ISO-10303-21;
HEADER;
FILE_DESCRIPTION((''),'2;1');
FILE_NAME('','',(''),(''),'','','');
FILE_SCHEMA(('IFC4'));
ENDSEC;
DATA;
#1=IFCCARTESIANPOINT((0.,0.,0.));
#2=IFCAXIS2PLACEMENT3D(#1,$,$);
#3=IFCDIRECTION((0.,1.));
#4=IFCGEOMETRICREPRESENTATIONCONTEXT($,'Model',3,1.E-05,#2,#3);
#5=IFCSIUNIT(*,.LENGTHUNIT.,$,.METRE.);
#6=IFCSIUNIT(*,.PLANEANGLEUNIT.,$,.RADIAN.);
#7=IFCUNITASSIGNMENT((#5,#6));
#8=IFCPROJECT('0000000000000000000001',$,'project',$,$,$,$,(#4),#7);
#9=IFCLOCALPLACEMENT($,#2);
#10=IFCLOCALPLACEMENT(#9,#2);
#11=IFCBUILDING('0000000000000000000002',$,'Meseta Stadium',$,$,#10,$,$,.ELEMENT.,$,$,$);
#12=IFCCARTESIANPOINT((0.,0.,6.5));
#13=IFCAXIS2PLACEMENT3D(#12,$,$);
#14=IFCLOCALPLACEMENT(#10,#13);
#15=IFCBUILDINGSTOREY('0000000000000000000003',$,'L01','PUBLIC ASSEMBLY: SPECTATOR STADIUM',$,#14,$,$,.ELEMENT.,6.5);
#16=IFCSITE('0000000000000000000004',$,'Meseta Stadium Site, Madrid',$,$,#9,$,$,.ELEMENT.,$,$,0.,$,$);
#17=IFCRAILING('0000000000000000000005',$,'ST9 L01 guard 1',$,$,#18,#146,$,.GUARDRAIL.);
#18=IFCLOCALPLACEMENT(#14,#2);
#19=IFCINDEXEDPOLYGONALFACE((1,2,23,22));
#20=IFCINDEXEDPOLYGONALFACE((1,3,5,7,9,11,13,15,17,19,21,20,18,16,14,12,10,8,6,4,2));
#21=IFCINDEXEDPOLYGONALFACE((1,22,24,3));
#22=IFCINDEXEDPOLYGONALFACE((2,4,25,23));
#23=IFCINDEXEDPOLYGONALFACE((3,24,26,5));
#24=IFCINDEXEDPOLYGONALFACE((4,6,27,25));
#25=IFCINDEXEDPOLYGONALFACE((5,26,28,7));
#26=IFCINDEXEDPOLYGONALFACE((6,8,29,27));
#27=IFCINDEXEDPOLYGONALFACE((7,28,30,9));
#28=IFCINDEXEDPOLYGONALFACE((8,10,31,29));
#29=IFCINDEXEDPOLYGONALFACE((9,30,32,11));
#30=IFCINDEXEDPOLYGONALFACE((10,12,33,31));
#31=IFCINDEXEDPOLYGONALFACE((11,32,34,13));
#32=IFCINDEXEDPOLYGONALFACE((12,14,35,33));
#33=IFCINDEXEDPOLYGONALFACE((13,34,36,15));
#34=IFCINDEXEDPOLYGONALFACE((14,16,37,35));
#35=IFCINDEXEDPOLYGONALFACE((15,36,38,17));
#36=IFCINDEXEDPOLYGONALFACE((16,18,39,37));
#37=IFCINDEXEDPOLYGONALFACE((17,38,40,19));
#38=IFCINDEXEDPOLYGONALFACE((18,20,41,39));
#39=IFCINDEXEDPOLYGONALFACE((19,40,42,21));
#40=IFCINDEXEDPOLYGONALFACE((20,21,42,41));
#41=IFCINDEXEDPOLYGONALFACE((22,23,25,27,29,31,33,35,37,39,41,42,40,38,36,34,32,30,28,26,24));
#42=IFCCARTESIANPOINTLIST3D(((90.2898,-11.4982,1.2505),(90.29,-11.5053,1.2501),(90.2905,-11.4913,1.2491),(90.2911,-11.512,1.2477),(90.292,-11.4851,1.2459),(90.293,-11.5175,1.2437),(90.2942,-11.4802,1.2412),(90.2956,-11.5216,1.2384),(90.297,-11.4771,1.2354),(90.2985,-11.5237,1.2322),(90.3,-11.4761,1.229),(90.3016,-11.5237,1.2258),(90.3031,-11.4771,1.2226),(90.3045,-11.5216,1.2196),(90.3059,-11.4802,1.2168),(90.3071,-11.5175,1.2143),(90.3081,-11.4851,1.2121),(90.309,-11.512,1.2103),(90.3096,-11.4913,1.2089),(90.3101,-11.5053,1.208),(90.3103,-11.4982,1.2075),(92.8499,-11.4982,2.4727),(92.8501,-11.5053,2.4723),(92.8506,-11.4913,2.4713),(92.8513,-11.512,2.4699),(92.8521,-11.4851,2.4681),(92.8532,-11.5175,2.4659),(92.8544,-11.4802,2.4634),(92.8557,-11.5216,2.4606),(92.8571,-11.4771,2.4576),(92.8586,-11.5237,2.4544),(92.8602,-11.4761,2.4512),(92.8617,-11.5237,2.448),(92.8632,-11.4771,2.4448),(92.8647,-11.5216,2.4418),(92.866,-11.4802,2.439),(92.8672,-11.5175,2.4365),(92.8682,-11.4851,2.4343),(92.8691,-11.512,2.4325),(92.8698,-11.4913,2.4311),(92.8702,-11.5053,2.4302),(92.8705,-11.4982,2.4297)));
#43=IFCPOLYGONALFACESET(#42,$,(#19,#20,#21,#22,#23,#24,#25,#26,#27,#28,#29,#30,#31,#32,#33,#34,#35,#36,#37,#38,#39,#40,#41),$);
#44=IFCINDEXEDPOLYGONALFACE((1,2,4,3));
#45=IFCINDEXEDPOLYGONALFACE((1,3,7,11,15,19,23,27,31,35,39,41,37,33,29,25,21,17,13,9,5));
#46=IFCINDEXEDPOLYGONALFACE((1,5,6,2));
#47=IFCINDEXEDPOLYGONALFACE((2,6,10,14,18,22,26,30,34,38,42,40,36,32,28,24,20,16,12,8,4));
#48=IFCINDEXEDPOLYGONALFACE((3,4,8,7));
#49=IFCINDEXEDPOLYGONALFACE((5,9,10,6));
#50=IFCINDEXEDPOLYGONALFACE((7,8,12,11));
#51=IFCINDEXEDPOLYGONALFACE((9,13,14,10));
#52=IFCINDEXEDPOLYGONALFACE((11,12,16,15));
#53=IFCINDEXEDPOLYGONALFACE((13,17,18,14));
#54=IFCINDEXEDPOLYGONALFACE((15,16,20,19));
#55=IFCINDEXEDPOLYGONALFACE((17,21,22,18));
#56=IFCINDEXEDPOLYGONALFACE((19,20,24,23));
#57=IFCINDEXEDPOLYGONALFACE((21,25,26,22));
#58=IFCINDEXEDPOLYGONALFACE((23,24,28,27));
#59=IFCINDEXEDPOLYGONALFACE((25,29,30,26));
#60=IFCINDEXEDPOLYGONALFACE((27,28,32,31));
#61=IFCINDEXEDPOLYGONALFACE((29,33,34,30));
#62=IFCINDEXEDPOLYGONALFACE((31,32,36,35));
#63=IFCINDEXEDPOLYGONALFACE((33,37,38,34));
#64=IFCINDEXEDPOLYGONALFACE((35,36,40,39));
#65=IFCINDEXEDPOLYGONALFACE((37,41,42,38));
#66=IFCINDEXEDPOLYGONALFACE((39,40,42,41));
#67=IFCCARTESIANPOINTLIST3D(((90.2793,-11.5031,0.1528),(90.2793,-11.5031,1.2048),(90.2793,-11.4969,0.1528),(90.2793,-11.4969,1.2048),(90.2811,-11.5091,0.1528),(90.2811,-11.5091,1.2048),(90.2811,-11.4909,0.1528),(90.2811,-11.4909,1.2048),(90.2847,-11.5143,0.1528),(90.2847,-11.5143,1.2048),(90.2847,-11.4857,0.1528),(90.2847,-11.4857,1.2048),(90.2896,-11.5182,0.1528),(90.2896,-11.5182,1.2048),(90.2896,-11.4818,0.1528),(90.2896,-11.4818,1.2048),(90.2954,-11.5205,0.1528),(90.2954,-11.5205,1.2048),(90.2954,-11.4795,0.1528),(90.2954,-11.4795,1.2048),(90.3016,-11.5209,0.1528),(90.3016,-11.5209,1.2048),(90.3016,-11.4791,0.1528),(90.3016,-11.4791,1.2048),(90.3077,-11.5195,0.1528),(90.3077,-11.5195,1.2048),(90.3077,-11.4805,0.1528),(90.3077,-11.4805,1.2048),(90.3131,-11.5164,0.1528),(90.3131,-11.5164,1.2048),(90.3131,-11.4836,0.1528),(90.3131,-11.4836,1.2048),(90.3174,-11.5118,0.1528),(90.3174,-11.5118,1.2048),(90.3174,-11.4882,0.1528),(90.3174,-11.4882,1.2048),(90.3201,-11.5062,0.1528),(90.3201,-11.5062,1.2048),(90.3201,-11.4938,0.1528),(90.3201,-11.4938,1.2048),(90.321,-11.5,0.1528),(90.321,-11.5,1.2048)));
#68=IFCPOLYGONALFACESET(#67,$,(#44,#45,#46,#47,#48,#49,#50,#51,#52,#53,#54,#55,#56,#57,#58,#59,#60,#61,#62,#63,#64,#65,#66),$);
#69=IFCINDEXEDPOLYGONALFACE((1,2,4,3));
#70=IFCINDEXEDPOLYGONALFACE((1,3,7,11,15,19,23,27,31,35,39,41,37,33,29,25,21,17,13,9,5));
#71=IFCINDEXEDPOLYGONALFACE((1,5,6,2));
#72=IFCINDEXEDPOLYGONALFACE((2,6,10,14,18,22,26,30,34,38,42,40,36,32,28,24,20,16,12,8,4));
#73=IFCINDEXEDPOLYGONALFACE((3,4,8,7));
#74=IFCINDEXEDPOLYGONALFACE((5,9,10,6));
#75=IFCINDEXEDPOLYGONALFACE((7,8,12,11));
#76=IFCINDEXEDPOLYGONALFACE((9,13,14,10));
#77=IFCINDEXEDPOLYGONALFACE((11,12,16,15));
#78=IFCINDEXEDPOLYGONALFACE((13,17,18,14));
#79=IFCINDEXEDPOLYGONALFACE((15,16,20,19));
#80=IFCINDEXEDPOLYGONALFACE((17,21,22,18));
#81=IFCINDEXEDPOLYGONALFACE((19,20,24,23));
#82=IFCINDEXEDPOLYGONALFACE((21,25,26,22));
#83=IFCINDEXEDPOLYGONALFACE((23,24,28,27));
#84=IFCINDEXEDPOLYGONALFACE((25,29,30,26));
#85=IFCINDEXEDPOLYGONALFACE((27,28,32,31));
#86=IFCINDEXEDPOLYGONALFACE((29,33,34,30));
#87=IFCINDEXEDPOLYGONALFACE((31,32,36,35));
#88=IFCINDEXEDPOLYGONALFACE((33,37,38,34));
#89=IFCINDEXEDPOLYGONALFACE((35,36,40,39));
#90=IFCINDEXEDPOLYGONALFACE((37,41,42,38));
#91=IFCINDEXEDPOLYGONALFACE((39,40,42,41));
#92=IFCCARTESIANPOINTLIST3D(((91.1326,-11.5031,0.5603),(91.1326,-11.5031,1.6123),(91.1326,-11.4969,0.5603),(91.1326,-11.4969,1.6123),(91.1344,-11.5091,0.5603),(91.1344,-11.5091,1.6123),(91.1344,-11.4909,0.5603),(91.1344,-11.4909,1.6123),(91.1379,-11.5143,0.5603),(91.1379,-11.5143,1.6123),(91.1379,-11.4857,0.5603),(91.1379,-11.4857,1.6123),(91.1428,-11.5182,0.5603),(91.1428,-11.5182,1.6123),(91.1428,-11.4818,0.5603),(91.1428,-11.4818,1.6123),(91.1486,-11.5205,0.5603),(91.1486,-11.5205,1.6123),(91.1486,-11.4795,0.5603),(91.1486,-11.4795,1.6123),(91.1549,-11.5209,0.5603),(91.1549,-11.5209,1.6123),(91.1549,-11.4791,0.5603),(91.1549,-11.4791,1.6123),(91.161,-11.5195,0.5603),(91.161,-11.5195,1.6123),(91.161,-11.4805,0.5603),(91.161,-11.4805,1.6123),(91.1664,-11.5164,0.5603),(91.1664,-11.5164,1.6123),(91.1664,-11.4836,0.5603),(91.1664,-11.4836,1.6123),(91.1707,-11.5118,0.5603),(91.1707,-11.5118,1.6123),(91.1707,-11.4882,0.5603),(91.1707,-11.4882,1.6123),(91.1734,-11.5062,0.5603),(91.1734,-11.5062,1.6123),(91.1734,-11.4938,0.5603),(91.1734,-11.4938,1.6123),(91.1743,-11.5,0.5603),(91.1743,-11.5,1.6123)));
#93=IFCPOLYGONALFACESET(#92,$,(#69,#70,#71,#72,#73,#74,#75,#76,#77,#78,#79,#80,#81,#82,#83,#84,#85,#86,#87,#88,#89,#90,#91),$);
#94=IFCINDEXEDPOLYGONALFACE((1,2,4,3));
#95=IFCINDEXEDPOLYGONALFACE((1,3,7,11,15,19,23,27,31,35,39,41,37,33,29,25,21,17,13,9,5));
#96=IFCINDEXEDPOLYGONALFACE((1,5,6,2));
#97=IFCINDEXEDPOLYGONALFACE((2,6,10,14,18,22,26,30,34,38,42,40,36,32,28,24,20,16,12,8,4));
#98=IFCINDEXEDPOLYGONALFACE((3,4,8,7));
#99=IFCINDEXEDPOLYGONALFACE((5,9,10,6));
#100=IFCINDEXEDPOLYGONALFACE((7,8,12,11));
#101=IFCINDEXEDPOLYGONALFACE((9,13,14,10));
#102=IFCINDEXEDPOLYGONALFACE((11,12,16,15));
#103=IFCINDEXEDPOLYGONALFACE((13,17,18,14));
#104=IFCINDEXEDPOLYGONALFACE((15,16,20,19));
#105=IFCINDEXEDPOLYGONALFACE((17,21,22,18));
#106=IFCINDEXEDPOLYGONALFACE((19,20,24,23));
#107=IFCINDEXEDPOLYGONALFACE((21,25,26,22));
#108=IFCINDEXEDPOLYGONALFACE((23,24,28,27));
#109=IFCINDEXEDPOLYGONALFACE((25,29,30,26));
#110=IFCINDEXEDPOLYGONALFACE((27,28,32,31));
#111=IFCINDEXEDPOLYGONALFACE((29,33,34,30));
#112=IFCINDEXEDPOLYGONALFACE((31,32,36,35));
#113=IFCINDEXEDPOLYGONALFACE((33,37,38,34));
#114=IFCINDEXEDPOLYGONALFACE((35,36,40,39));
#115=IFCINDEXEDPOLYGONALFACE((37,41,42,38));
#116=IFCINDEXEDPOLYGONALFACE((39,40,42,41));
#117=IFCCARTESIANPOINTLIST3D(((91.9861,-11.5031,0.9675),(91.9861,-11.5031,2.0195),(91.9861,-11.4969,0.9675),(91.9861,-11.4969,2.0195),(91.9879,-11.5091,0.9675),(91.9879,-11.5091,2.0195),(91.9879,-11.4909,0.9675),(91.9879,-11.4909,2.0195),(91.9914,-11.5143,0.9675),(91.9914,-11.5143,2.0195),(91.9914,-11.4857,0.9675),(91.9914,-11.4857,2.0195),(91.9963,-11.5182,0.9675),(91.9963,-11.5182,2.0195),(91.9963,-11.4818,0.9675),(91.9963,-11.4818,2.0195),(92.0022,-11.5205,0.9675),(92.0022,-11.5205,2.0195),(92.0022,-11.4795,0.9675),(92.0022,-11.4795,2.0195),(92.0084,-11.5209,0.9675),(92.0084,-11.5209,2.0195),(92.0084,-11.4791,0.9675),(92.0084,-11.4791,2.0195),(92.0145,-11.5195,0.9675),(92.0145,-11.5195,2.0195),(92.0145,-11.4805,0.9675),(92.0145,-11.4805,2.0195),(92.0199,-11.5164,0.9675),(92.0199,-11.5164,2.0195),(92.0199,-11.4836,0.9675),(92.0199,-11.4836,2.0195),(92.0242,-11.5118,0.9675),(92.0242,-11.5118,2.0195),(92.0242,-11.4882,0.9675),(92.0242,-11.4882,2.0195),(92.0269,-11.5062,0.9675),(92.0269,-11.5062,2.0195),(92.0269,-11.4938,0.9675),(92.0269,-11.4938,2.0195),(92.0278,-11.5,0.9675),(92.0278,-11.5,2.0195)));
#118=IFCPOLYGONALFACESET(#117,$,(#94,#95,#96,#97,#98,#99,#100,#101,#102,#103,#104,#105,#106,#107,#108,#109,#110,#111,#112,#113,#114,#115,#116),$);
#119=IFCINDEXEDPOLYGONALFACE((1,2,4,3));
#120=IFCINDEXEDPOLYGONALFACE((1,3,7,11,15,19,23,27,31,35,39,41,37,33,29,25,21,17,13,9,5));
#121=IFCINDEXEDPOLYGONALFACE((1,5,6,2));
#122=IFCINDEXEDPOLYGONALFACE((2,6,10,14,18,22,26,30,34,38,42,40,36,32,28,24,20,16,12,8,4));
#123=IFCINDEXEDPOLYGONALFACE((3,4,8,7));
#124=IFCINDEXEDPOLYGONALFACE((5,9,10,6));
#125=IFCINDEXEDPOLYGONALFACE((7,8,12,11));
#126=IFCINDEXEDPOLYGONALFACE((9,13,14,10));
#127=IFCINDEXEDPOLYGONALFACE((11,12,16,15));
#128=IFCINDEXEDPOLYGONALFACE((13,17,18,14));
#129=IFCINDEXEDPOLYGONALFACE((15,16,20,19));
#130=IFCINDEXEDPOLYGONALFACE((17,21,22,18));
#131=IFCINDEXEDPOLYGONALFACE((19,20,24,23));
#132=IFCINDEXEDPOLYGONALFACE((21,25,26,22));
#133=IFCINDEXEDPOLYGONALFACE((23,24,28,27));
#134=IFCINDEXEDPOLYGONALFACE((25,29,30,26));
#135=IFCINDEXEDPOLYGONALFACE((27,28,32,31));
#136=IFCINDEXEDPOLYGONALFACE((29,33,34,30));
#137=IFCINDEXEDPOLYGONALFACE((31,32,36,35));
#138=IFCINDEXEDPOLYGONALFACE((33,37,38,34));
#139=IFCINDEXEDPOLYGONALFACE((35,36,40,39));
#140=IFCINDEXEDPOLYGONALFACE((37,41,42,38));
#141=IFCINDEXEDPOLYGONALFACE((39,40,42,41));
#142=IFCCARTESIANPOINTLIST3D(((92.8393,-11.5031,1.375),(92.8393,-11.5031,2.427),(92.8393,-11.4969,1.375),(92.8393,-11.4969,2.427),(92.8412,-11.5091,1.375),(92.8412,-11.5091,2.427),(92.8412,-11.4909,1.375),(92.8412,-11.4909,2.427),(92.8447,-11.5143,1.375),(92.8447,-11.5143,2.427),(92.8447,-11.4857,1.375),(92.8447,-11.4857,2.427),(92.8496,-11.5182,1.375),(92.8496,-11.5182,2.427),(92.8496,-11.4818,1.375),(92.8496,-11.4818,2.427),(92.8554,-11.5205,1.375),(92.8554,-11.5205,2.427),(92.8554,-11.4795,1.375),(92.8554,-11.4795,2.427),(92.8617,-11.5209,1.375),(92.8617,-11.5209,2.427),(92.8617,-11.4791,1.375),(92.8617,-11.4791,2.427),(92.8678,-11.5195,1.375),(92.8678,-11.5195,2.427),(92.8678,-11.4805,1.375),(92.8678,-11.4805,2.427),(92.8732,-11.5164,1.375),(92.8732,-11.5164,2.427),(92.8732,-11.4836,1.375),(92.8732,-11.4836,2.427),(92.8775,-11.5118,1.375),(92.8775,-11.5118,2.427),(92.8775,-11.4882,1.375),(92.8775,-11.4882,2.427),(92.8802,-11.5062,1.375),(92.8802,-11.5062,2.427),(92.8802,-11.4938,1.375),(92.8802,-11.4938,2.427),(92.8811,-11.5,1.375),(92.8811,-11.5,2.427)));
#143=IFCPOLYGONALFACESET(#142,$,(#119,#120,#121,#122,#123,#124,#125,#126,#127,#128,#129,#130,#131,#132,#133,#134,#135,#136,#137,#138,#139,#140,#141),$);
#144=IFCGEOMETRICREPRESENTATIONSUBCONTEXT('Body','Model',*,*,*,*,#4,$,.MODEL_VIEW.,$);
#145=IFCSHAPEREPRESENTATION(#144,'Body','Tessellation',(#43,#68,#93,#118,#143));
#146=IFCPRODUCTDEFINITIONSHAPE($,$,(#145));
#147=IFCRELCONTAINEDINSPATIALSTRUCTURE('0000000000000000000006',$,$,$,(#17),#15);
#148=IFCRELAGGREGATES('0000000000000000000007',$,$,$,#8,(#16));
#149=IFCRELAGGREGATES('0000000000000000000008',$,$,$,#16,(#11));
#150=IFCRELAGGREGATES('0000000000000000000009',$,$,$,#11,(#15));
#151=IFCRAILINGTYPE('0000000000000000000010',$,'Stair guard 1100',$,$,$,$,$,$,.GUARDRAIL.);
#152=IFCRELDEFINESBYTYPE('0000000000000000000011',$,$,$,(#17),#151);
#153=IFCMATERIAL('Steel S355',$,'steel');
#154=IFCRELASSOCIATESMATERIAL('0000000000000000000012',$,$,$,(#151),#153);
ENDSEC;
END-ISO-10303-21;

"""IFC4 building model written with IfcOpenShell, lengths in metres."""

from ifc_helpers import new_model, si_unit, direction, frame, origin, origin_2d, place, context, subcontext, project, spatial, circle, extrude, material, type_object, element, save


model = new_model("IFC4")

# Units and contexts
model_context = context("Model", 3, precision=1e-05, world=origin(), true_north=direction((0.0, 1.0)))
body_context = subcontext(model_context, "Body", "Model", "MODEL_VIEW")
ifc_project = project(units=[si_unit("LENGTHUNIT", "METRE"), si_unit("PLANEANGLEUNIT", "RADIAN")], contexts=[model_context])

# Site, building, storey
site_placement = place(None, origin())
site = spatial("IfcSite", under=ifc_project, at=site_placement, Name="Meseta Stadium Site, Madrid", CompositionType="ELEMENT", RefElevation=0.0)
building_placement = place(site_placement, origin())
building = spatial("IfcBuilding", under=site, at=building_placement, Name="Meseta Stadium", CompositionType="ELEMENT")
storey_placement = place(building_placement, frame((0.0, 0.0, 6.5)))
storey = spatial("IfcBuildingStorey", under=building, at=storey_placement, Name="L01", Description="PUBLIC ASSEMBLY: SPECTATOR STADIUM", CompositionType="ELEMENT", Elevation=6.5)

# Railing
ifc_material_1 = material(Name="Steel S355", Category="steel")
railing_type_1 = type_object("IfcRailingType", Name="Stair guard 1100", PredefinedType="GUARDRAIL", material=ifc_material_1)
railing_1_placement = place(storey_placement, frame((90.3, -11.5, 0.1528)))
element("IfcRailing", 1, at=railing_1_placement, inside=storey, type_object=railing_type_1, Name="ST9 L01 guard 1", PredefinedType="GUARDRAIL", context=body_context, shape_type="SweptSolid", body=[
    extrude(circle(Radius=0.0239, at=origin_2d()), frame((0.0, 0.0, 1.0762), z_axis=(0.902437, 0.0, 0.430822), x_axis=(0.0, 1.0, 0.0)), (0.0, 0.0, 1.0), 2.8369),
    extrude(circle(Radius=0.021, at=origin_2d()), origin(), (0.0, 0.0, 1.0), 1.052),
    extrude(circle(Radius=0.021, at=origin_2d()), frame((0.8533, 0.0, 0.4075)), (0.0, 0.0, 1.0), 1.052),
    extrude(circle(Radius=0.021, at=origin_2d()), frame((1.7068, 0.0, 0.8147)), (0.0, 0.0, 1.0), 1.052),
    extrude(circle(Radius=0.021, at=origin_2d()), frame((2.5601, 0.0, 1.2222)), (0.0, 0.0, 1.0), 1.052),
])

save(model, "model.ifc")
